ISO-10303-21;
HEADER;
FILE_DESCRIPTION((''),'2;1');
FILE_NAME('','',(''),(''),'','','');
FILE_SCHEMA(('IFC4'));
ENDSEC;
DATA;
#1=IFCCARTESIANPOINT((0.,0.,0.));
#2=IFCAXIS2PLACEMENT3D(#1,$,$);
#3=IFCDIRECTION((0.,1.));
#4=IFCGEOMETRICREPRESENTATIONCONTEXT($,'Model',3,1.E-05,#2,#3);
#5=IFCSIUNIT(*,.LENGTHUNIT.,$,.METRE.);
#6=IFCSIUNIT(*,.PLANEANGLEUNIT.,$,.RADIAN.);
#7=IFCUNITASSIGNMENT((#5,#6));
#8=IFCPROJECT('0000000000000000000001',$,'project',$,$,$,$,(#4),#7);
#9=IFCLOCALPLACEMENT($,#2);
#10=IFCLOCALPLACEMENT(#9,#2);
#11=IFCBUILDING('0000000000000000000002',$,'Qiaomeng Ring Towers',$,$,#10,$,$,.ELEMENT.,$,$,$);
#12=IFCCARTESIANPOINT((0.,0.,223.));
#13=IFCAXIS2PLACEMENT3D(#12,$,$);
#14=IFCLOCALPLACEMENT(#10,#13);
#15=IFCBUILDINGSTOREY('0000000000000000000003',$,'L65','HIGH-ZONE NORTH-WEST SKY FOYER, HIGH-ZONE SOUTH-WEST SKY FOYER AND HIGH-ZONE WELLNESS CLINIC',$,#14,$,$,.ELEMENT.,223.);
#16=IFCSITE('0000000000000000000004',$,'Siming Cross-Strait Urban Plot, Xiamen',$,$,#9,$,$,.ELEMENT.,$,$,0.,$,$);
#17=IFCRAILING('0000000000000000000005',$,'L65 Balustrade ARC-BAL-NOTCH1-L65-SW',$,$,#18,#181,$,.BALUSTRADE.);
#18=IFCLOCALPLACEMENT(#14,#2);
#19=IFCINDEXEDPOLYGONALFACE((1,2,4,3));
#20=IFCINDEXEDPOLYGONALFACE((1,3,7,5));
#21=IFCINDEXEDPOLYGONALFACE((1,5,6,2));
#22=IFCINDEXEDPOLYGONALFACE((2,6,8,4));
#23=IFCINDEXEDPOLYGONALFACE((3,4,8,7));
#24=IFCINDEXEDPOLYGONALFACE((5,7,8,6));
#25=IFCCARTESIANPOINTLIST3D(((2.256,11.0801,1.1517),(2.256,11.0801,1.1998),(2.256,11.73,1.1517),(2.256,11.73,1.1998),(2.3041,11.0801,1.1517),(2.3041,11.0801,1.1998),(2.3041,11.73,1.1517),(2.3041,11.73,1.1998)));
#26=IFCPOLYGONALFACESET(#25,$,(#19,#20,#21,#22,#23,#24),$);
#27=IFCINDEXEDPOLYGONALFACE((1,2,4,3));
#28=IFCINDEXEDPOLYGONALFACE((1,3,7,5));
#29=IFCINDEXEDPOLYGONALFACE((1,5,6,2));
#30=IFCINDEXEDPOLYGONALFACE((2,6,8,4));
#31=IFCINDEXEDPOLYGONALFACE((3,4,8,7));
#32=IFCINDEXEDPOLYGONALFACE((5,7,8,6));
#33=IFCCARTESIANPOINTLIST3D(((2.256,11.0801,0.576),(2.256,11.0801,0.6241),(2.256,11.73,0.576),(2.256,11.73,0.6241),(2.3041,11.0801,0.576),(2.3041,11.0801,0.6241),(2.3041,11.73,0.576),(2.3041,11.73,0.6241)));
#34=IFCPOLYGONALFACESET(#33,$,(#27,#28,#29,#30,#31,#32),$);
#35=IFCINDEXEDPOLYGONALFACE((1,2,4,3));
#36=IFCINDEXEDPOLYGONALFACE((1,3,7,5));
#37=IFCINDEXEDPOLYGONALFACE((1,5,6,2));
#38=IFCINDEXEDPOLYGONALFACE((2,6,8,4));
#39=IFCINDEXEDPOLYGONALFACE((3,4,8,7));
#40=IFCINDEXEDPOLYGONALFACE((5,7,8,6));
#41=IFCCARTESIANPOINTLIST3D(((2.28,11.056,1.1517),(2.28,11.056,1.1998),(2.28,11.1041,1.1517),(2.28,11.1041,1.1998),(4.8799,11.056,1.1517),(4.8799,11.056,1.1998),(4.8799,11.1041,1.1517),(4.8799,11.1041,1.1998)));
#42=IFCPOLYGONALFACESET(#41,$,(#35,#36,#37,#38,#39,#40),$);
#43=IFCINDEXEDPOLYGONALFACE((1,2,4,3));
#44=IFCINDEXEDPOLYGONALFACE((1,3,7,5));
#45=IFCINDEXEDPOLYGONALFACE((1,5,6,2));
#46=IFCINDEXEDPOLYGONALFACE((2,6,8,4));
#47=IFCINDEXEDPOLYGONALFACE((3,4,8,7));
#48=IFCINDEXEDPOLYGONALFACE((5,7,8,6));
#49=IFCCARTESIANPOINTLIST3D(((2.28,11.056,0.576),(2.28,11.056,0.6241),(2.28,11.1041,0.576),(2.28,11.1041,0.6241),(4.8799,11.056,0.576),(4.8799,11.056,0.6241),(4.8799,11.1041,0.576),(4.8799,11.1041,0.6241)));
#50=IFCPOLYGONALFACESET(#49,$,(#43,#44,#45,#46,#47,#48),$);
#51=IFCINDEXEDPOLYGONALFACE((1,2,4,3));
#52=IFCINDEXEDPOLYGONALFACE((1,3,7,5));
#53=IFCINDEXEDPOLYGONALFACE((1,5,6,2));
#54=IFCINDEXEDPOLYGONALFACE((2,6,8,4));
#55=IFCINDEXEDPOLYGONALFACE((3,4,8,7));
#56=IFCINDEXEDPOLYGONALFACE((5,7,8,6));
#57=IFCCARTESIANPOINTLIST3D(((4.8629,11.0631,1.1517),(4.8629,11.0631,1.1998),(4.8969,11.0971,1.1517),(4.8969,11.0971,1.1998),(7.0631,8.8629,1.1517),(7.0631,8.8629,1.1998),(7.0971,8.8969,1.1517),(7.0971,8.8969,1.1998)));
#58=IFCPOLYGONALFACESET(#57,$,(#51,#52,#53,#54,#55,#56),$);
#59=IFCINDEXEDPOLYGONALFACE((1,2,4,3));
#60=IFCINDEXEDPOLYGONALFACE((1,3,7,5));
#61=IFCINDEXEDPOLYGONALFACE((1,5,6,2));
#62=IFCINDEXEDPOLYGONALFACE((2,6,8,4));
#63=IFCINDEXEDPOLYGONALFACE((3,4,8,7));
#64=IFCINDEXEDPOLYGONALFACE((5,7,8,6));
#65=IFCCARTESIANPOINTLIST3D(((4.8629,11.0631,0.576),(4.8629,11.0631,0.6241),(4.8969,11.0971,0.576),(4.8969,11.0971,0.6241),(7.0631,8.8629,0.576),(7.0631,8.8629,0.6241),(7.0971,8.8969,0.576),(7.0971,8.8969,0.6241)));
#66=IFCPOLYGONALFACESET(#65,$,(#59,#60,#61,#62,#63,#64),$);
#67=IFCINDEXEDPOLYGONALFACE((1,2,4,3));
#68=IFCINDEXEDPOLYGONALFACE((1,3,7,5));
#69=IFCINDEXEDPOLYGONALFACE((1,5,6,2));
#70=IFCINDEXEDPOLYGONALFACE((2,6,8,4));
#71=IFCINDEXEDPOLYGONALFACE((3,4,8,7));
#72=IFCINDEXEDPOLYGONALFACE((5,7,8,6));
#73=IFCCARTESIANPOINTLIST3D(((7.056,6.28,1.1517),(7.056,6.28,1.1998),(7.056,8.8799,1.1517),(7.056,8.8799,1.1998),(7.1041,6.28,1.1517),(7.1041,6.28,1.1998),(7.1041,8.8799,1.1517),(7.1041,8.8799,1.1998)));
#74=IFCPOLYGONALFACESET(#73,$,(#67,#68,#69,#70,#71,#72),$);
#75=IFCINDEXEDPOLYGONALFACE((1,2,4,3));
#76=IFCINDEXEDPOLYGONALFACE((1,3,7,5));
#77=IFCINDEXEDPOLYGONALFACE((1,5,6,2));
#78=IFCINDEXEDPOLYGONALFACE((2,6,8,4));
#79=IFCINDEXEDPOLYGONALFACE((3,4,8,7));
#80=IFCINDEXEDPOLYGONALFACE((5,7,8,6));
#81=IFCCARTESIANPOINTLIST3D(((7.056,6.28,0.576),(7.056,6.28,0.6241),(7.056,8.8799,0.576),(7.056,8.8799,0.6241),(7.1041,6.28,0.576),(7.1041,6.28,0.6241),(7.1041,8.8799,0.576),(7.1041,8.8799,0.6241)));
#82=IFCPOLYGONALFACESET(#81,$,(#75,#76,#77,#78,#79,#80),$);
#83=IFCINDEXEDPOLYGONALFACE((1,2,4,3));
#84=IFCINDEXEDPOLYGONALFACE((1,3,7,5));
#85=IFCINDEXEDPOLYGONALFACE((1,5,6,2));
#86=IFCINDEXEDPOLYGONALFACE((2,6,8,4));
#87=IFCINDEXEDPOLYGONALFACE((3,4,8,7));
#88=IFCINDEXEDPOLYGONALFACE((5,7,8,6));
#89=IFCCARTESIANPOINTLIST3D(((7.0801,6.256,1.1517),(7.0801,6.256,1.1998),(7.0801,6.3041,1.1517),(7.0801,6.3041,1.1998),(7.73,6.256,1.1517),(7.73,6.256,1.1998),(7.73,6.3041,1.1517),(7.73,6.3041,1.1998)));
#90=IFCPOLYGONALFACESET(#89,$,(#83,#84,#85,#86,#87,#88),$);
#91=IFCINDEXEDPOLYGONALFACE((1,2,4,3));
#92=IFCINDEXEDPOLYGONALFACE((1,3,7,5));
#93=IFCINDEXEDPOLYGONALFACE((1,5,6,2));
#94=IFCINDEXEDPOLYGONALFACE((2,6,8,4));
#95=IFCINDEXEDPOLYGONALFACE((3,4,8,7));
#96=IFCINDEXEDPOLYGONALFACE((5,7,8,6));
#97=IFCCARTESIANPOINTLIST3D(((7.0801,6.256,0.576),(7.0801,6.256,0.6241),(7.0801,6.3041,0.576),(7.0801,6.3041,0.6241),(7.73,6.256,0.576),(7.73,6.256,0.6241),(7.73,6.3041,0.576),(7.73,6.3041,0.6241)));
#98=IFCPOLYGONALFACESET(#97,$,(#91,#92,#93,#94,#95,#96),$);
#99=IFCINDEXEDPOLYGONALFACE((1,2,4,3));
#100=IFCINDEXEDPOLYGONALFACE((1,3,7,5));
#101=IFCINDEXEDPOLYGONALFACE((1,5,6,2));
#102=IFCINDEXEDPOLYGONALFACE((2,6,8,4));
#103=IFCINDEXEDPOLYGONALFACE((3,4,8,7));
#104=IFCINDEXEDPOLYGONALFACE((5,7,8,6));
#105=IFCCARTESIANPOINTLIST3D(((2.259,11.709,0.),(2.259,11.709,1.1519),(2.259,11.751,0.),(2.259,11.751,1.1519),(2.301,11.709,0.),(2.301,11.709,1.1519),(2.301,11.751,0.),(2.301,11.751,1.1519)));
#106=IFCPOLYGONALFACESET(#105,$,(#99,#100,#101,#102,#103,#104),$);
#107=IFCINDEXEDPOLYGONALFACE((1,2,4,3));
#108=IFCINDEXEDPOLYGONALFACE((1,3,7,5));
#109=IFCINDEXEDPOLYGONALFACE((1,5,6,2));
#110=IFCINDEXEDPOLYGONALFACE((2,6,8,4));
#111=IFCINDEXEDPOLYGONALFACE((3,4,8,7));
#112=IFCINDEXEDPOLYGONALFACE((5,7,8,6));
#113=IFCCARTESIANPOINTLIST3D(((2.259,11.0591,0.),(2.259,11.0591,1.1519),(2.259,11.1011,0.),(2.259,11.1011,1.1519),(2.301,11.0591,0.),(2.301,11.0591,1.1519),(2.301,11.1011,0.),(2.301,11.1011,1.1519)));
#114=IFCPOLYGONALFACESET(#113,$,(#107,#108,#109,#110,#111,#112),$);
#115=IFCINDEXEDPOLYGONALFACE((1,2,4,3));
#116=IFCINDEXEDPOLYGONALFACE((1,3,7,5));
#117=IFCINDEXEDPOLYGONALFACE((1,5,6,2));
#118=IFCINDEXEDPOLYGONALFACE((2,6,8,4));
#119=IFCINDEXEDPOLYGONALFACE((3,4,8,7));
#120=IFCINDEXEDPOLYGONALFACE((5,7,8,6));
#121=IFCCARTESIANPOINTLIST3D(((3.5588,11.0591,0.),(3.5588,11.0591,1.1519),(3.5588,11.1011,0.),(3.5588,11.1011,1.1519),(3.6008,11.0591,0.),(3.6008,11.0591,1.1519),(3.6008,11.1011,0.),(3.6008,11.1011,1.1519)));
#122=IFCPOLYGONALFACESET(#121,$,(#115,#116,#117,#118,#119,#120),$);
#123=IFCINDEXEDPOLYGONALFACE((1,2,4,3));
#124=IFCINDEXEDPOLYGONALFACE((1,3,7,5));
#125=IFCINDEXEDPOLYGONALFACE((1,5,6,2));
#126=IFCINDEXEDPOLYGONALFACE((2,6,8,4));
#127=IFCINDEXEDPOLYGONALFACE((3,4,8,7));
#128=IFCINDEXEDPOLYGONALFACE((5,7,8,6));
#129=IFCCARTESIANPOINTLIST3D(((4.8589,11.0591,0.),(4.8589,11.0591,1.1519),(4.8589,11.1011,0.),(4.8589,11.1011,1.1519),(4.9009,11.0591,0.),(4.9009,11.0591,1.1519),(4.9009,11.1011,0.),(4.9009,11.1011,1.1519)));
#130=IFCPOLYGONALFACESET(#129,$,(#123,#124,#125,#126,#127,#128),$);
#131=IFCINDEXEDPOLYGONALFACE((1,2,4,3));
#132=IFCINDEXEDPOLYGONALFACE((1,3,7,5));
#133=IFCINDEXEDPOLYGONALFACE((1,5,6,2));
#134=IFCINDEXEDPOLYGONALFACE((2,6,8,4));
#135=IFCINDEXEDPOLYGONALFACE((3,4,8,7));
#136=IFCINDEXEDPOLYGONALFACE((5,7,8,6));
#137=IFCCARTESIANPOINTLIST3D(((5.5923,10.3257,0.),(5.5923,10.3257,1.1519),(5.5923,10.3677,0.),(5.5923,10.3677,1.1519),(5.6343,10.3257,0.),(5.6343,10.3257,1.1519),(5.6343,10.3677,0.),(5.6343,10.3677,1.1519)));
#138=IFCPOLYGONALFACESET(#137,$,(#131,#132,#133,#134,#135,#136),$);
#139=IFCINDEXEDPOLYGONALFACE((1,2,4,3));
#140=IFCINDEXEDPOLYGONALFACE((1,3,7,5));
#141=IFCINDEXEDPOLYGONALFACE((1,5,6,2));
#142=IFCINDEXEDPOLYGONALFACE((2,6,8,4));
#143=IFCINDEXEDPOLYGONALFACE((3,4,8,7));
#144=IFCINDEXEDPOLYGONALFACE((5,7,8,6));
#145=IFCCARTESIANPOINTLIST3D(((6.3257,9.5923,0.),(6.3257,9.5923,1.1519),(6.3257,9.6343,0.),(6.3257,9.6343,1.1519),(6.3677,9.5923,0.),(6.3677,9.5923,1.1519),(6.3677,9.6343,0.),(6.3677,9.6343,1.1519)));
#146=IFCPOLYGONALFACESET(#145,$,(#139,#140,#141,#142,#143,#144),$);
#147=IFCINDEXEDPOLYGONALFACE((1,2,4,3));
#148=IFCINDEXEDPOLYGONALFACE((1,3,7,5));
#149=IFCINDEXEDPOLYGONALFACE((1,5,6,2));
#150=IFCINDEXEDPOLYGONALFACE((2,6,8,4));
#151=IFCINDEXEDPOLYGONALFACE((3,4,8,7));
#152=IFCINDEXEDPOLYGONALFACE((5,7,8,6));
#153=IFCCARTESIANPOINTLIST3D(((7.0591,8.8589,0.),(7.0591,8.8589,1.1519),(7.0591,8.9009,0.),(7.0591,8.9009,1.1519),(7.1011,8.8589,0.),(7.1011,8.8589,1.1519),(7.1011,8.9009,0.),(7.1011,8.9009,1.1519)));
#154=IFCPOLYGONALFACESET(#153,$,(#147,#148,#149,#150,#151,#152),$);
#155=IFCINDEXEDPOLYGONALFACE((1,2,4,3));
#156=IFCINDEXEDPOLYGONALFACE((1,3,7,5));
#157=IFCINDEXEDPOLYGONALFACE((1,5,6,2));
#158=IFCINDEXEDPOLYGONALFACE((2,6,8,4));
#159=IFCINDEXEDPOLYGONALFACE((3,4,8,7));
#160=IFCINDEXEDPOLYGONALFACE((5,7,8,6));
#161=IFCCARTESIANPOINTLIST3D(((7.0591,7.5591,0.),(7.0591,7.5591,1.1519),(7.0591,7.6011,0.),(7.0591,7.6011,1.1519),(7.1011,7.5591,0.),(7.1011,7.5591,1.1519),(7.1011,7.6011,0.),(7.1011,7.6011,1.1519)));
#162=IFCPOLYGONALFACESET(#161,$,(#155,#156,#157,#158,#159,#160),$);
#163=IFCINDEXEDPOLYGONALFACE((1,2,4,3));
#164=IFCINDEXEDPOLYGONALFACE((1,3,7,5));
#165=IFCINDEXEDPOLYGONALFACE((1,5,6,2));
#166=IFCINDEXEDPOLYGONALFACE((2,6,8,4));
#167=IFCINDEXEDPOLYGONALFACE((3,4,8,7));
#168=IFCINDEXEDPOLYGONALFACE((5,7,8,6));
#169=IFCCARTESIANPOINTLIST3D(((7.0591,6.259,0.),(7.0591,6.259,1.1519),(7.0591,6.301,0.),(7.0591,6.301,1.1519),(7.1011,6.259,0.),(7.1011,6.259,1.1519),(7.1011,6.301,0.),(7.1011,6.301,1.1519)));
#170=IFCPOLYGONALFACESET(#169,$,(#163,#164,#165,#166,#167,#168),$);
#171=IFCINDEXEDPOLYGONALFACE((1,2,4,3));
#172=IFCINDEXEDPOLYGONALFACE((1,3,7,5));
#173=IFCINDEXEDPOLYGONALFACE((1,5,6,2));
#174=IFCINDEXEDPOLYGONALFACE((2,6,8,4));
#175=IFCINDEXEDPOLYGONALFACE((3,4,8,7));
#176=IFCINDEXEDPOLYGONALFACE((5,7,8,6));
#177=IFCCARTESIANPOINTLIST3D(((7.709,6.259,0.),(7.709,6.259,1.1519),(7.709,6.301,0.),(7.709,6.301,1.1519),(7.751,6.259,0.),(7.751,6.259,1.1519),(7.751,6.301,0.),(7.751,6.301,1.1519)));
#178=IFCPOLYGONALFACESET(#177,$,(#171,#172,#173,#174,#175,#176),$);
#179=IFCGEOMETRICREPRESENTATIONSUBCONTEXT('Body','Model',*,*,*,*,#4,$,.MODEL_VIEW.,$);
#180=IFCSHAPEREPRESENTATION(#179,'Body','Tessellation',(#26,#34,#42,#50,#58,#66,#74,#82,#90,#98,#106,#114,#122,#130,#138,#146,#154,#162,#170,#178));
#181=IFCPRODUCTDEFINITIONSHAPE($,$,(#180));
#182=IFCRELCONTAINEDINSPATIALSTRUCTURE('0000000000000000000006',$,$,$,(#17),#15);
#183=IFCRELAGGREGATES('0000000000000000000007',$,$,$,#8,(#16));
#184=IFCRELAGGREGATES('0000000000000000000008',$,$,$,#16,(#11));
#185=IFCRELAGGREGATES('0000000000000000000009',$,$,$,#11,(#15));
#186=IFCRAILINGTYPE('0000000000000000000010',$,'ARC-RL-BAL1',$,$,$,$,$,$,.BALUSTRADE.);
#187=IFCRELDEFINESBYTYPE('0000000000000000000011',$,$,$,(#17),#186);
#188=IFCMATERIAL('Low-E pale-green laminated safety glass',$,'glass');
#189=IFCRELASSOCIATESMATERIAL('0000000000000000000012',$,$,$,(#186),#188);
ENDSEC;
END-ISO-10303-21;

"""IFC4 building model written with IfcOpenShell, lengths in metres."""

from ifc_helpers import new_model, si_unit, direction, frame, origin, origin_2d, place, context, subcontext, project, spatial, rectangle, extrude, material, type_object, element, save


model = new_model("IFC4")

# Units and contexts
model_context = context("Model", 3, precision=1e-05, world=origin(), true_north=direction((0.0, 1.0)))
body_context = subcontext(model_context, "Body", "Model", "MODEL_VIEW")
ifc_project = project(units=[si_unit("LENGTHUNIT", "METRE"), si_unit("PLANEANGLEUNIT", "RADIAN")], contexts=[model_context])

# Site, building, storey
site_placement = place(None, origin())
site = spatial("IfcSite", under=ifc_project, at=site_placement, Name="Siming Cross-Strait Urban Plot, Xiamen", CompositionType="ELEMENT", RefElevation=0.0)
building_placement = place(site_placement, origin())
building = spatial("IfcBuilding", under=site, at=building_placement, Name="Qiaomeng Ring Towers", CompositionType="ELEMENT")
storey_placement = place(building_placement, frame((0.0, 0.0, 223.0)))
storey = spatial("IfcBuildingStorey", under=building, at=storey_placement, Name="L65", Description="HIGH-ZONE NORTH-WEST SKY FOYER, HIGH-ZONE SOUTH-WEST SKY FOYER AND HIGH-ZONE WELLNESS CLINIC", CompositionType="ELEMENT", Elevation=223.0)

# Railing
ifc_material_1 = material(Name="Low-E pale-green laminated safety glass", Category="glass")
railing_type = type_object("IfcRailingType", Name="ARC-RL-BAL1", PredefinedType="BALUSTRADE", material=ifc_material_1)
railing_1_placement = place(storey_placement, frame((2.28, 11.73, 0.0)))
element("IfcRailing", 1, at=railing_1_placement, inside=storey, type_object=railing_type, Name="L65 Balustrade ARC-BAL-NOTCH1-L65-SW", PredefinedType="BALUSTRADE", context=body_context, shape_type="SweptSolid", body=[
    extrude(rectangle(XDim=0.0481, YDim=0.0481, at=origin_2d()), frame((0.0, 0.0, 1.1758), z_axis=(0.0, -1.0, 0.0), x_axis=(1.0, 0.0, 0.0)), (0.0, 0.0, 1.0), 0.6499),
    extrude(rectangle(XDim=0.0481, YDim=0.0481, at=origin_2d()), frame((0.0, 0.0, 0.6001), z_axis=(0.0, -1.0, 0.0), x_axis=(1.0, 0.0, 0.0)), (0.0, 0.0, 1.0), 0.6499),
    extrude(rectangle(XDim=0.0481, YDim=0.0481, at=origin_2d()), frame((0.0, -0.6499, 1.1758), z_axis=(1.0, 0.0, 0.0), x_axis=(0.0, 1.0, 0.0)), (0.0, 0.0, 1.0), 2.5999),
    extrude(rectangle(XDim=0.0481, YDim=0.0481, at=origin_2d()), frame((0.0, -0.6499, 0.6001), z_axis=(1.0, 0.0, 0.0), x_axis=(0.0, 1.0, 0.0)), (0.0, 0.0, 1.0), 2.5999),
    extrude(rectangle(XDim=0.0481, YDim=0.0481, at=origin_2d()), frame((2.5999, -0.6499, 1.1758), z_axis=(0.707107, -0.707107, 0.0), x_axis=(0.707107, 0.707107, 0.0)), (0.0, 0.0, 1.0), 3.1116),
    extrude(rectangle(XDim=0.0481, YDim=0.0481, at=origin_2d()), frame((2.5999, -0.6499, 0.6001), z_axis=(0.707107, -0.707107, 0.0), x_axis=(0.707107, 0.707107, 0.0)), (0.0, 0.0, 1.0), 3.1116),
    extrude(rectangle(XDim=0.0481, YDim=0.0481, at=origin_2d()), frame((4.8, -2.8501, 1.1758), z_axis=(0.0, -1.0, 0.0), x_axis=(1.0, 0.0, 0.0)), (0.0, 0.0, 1.0), 2.5999),
    extrude(rectangle(XDim=0.0481, YDim=0.0481, at=origin_2d()), frame((4.8, -2.8501, 0.6001), z_axis=(0.0, -1.0, 0.0), x_axis=(1.0, 0.0, 0.0)), (0.0, 0.0, 1.0), 2.5999),
    extrude(rectangle(XDim=0.0481, YDim=0.0481, at=origin_2d()), frame((4.8, -5.45, 1.1758), z_axis=(1.0, 0.0, 0.0), x_axis=(0.0, 1.0, 0.0)), (0.0, 0.0, 1.0), 0.6499),
    extrude(rectangle(XDim=0.0481, YDim=0.0481, at=origin_2d()), frame((4.8, -5.45, 0.6001), z_axis=(1.0, 0.0, 0.0), x_axis=(0.0, 1.0, 0.0)), (0.0, 0.0, 1.0), 0.6499),
    extrude(rectangle(XDim=0.042, YDim=0.042, at=origin_2d()), origin(), (0.0, 0.0, 1.0), 1.1519),
    extrude(rectangle(XDim=0.042, YDim=0.042, at=origin_2d()), frame((0.0, -0.6499, 0.0)), (0.0, 0.0, 1.0), 1.1519),
    extrude(rectangle(XDim=0.042, YDim=0.042, at=origin_2d()), frame((1.2998, -0.6499, 0.0)), (0.0, 0.0, 1.0), 1.1519),
    extrude(rectangle(XDim=0.042, YDim=0.042, at=origin_2d()), frame((2.5999, -0.6499, 0.0)), (0.0, 0.0, 1.0), 1.1519),
    extrude(rectangle(XDim=0.042, YDim=0.042, at=origin_2d()), frame((3.3333, -1.3833, 0.0)), (0.0, 0.0, 1.0), 1.1519),
    extrude(rectangle(XDim=0.042, YDim=0.042, at=origin_2d()), frame((4.0667, -2.1167, 0.0)), (0.0, 0.0, 1.0), 1.1519),
    extrude(rectangle(XDim=0.042, YDim=0.042, at=origin_2d()), frame((4.8, -2.8501, 0.0)), (0.0, 0.0, 1.0), 1.1519),
    extrude(rectangle(XDim=0.042, YDim=0.042, at=origin_2d()), frame((4.8, -4.1499, 0.0)), (0.0, 0.0, 1.0), 1.1519),
    extrude(rectangle(XDim=0.042, YDim=0.042, at=origin_2d()), frame((4.8, -5.45, 0.0)), (0.0, 0.0, 1.0), 1.1519),
    extrude(rectangle(XDim=0.042, YDim=0.042, at=origin_2d()), frame((5.45, -5.45, 0.0)), (0.0, 0.0, 1.0), 1.1519),
])

save(model, "model.ifc")
